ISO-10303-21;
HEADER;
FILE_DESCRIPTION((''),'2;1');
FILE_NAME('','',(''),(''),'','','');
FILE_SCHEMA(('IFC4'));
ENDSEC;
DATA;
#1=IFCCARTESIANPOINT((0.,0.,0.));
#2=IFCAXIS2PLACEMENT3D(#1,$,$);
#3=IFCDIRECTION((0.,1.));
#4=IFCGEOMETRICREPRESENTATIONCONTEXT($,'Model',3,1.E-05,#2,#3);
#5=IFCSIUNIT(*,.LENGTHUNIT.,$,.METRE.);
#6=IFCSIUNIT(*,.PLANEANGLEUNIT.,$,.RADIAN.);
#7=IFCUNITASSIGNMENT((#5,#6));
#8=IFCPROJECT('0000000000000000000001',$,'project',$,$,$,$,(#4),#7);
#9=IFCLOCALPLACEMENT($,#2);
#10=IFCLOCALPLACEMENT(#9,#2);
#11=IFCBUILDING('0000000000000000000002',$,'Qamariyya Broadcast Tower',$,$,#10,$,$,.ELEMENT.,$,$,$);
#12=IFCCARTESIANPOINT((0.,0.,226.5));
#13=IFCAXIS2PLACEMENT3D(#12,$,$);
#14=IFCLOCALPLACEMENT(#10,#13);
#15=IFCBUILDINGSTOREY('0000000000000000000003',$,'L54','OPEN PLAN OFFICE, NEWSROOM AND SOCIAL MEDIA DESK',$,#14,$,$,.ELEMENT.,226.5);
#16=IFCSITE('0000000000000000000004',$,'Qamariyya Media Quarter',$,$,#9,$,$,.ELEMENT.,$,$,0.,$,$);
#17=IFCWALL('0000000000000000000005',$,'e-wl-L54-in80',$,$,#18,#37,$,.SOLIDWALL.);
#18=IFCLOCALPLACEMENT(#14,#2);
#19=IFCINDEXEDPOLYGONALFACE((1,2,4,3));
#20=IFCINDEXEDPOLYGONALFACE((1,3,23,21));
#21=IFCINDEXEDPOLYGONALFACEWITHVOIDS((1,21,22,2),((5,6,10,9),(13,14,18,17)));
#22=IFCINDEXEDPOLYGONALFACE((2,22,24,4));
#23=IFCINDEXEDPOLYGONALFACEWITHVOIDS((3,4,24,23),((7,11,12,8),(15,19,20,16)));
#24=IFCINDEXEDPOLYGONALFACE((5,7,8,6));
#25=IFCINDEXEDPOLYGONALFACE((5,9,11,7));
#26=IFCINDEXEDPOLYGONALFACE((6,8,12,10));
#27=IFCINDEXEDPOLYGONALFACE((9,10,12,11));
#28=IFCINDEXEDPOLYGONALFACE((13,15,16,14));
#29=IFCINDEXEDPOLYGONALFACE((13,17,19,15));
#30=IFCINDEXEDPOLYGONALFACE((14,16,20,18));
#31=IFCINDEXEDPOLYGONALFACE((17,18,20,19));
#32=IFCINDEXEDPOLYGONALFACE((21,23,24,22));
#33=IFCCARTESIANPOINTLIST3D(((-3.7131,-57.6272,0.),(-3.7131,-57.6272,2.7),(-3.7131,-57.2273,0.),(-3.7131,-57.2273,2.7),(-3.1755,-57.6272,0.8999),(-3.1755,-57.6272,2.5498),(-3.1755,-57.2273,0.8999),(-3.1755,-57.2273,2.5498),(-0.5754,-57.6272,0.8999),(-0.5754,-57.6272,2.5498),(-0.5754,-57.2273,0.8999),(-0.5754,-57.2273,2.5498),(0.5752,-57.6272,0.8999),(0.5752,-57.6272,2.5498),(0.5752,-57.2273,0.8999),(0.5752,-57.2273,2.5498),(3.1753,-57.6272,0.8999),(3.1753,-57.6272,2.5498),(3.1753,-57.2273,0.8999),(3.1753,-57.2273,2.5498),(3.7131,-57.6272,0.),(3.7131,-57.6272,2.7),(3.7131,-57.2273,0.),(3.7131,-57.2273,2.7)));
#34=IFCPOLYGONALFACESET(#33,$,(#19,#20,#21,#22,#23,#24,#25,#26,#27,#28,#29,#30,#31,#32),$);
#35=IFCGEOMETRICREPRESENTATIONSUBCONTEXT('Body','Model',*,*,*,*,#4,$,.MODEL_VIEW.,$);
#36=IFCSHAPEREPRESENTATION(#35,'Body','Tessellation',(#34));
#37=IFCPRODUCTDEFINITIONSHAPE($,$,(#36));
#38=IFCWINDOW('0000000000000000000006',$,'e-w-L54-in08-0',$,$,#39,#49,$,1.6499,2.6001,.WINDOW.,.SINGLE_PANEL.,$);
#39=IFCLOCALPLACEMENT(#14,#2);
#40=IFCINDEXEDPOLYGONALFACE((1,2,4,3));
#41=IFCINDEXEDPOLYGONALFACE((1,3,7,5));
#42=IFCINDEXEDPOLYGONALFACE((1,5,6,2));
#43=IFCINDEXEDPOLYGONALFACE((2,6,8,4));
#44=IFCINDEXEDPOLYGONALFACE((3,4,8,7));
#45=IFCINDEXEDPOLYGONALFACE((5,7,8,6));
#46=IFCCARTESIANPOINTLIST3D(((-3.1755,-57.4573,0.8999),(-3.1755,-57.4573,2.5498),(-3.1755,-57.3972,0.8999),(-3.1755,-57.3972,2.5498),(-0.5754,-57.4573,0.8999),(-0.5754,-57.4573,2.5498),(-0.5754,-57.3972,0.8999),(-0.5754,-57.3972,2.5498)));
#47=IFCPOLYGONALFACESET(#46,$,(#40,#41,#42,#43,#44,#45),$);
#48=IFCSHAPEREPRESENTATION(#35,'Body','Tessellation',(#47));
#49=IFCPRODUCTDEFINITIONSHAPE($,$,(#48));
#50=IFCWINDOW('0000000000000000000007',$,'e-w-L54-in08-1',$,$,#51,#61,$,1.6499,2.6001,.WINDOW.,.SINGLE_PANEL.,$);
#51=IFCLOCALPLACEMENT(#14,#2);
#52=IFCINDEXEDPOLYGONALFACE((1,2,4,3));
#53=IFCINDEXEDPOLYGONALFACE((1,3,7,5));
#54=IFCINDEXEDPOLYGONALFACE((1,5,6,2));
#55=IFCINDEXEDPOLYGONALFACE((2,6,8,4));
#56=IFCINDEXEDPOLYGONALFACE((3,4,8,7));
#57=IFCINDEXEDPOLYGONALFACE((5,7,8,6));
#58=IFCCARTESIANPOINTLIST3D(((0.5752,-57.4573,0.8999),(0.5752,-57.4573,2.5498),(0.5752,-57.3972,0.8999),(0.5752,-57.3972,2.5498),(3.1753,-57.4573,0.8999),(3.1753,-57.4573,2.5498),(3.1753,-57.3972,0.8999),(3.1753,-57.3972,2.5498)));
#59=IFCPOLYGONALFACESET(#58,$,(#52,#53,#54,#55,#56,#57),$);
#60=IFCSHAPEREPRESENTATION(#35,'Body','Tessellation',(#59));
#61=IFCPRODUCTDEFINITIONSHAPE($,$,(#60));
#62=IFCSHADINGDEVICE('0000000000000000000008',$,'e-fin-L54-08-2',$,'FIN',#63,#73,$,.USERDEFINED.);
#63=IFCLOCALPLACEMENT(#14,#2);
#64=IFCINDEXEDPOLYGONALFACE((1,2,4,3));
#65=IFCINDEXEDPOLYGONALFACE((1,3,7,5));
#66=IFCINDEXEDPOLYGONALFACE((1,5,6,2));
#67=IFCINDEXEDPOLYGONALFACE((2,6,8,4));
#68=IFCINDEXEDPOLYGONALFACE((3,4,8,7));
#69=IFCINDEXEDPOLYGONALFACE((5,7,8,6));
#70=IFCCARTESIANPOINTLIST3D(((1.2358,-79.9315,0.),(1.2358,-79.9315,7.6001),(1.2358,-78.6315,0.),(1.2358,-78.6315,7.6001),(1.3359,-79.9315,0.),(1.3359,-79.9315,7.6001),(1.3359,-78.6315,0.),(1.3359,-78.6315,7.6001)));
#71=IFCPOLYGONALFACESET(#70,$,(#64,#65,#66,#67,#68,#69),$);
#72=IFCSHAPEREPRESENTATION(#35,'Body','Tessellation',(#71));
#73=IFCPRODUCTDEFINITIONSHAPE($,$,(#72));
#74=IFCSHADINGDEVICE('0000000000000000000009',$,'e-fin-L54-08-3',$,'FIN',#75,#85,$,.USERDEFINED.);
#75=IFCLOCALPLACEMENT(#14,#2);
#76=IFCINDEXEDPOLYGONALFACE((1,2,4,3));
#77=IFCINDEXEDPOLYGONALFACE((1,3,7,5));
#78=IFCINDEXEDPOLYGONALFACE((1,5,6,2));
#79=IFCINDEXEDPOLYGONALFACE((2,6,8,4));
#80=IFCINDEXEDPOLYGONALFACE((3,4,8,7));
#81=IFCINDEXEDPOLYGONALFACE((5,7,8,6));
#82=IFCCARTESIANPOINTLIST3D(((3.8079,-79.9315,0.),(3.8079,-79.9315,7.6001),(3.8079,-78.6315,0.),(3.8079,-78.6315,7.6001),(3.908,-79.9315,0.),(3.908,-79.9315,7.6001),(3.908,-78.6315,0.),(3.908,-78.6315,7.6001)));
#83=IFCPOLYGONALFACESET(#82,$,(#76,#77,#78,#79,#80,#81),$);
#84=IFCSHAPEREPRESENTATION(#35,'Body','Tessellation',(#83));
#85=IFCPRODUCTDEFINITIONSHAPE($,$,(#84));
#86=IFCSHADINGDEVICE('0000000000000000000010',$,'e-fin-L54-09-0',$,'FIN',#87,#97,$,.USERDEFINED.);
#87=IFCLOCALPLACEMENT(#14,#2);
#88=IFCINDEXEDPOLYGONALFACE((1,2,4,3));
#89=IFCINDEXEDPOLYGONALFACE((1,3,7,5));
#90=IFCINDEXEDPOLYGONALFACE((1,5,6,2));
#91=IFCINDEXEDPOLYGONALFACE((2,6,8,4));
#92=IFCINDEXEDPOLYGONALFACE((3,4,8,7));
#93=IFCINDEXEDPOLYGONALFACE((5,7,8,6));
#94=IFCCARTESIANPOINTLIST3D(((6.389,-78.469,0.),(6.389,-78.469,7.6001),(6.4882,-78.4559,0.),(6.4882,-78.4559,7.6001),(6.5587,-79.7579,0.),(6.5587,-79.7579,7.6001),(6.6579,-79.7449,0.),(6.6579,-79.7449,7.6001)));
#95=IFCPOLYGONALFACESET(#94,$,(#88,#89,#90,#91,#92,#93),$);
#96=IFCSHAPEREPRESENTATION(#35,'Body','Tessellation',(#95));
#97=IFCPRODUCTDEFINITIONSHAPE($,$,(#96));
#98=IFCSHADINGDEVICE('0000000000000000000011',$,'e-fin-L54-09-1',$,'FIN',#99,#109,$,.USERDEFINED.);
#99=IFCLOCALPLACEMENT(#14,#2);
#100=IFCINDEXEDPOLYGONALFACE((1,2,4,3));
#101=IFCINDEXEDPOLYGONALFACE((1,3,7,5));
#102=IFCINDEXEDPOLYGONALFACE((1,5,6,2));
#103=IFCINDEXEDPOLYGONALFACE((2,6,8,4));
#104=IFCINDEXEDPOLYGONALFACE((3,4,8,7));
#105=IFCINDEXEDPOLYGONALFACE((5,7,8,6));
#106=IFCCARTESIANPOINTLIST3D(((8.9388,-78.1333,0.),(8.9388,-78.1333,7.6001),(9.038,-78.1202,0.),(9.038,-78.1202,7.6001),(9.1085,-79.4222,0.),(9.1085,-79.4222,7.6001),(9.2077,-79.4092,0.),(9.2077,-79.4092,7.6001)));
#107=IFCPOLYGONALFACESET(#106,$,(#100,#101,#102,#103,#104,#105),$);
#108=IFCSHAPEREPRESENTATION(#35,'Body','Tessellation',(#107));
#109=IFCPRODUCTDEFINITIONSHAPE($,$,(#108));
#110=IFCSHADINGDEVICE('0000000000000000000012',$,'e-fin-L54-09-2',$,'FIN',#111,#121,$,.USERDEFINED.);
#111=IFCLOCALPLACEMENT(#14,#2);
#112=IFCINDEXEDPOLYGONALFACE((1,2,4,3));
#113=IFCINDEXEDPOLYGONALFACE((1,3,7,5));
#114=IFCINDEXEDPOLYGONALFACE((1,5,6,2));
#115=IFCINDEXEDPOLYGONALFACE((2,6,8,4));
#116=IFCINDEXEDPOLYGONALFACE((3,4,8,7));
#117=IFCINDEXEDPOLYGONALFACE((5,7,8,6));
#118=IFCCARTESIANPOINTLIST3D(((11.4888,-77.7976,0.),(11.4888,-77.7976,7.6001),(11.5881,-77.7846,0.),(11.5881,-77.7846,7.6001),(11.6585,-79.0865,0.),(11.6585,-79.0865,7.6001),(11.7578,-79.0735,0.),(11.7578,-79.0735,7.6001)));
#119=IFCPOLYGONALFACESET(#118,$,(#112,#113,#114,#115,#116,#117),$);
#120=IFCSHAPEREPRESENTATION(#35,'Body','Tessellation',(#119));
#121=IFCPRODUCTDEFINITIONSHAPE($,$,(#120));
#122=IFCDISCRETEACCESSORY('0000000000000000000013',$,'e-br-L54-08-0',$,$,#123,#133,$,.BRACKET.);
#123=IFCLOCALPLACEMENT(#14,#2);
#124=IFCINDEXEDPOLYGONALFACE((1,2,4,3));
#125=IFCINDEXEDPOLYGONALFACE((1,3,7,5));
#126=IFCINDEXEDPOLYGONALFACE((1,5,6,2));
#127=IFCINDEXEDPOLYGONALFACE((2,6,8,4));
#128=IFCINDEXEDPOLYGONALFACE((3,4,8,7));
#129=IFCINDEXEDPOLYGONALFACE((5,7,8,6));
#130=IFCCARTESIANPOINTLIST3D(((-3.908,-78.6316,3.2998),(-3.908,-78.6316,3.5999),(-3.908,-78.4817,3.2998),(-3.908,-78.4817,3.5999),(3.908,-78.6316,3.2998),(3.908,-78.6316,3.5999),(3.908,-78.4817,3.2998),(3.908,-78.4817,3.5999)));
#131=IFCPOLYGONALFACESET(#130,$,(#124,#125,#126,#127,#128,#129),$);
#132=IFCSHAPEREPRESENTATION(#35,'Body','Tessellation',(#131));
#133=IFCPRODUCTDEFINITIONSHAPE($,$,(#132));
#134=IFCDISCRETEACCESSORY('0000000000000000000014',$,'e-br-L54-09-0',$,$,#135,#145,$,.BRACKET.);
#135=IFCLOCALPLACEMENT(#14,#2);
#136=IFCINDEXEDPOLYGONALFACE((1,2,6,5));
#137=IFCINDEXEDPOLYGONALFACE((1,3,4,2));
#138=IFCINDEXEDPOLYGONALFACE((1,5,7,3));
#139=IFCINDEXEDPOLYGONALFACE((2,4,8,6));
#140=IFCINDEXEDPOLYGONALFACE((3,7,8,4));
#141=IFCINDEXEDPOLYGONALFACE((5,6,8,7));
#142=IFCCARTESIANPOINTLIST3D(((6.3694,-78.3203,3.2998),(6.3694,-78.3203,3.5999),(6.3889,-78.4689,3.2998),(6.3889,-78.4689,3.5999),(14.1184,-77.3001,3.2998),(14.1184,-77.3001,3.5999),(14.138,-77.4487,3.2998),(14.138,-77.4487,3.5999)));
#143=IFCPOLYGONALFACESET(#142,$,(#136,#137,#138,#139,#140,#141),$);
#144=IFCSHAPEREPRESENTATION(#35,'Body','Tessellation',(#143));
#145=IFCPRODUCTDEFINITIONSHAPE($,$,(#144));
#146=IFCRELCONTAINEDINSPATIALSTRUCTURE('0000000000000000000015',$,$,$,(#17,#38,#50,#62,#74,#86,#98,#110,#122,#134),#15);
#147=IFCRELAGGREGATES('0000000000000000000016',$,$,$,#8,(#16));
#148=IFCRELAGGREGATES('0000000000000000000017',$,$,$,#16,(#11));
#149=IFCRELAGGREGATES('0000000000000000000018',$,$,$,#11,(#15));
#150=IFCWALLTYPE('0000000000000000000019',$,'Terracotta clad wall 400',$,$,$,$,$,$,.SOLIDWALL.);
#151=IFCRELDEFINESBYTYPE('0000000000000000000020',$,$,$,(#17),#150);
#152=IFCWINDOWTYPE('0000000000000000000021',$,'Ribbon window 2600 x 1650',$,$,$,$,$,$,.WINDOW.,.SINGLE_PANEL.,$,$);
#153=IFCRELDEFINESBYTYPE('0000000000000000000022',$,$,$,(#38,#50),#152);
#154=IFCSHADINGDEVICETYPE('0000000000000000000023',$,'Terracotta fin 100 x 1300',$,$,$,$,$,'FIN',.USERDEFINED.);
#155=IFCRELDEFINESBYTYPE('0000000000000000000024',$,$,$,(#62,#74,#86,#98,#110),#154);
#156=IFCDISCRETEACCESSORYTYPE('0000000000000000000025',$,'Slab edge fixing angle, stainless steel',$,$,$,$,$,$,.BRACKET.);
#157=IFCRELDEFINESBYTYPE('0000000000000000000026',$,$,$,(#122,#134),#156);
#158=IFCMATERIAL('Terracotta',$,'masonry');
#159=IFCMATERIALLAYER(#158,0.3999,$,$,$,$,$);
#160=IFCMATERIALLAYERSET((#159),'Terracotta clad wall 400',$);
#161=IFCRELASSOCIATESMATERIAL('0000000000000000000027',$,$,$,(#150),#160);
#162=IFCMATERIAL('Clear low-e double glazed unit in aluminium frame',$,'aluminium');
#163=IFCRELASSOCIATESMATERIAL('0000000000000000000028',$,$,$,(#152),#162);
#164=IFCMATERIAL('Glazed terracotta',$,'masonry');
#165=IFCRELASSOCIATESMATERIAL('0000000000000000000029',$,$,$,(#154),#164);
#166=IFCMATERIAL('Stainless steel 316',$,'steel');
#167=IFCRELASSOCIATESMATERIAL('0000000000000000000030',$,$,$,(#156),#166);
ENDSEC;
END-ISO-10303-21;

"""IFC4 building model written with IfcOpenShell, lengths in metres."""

from ifc_helpers import new_model, si_unit, direction, frame, frame_2d, origin, origin_2d, place, context, subcontext, project, spatial, rectangle, extrude, material, layer, layer_set, material_profile, profile_set, type_object, element, fill, save


model = new_model("IFC4")

# Units and contexts
model_context = context("Model", 3, precision=1e-05, world=origin(), true_north=direction((0.0, 1.0)))
body_context = subcontext(model_context, "Body", "Model", "MODEL_VIEW")
ifc_project = project(units=[si_unit("LENGTHUNIT", "METRE"), si_unit("PLANEANGLEUNIT", "RADIAN")], contexts=[model_context])

# Site, building, storey
site_placement = place(None, origin())
site = spatial("IfcSite", under=ifc_project, at=site_placement, Name="Qamariyya Media Quarter", CompositionType="ELEMENT", RefElevation=0.0)
building_placement = place(site_placement, origin())
building = spatial("IfcBuilding", under=site, at=building_placement, Name="Qamariyya Broadcast Tower", CompositionType="ELEMENT")
storey_placement = place(building_placement, frame((0.0, 0.0, 226.5)))
storey = spatial("IfcBuildingStorey", under=building, at=storey_placement, Name="L54", Description="OPEN PLAN OFFICE, NEWSROOM AND SOCIAL MEDIA DESK", CompositionType="ELEMENT", Elevation=226.5)

# Wall, openings, windows
ifc_material_1 = material(Name="Terracotta", Category="masonry")
ifc_layer_1 = layer(ifc_material_1, 0.3999)
ifc_layer_set_1 = layer_set([ifc_layer_1], Name="Terracotta clad wall 400")
wall_type_1 = type_object("IfcWallType", Name="Terracotta clad wall 400", PredefinedType="SOLIDWALL", material=ifc_layer_set_1)
wall_1_placement = place(storey_placement, frame((3.7131, -57.4272, 0.0), z_axis=(0.0, 0.0, 1.0), x_axis=(-1.0, 0.0, 0.0)))
wall_1 = element("IfcWall", 1, at=wall_1_placement, inside=storey, type_object=wall_type_1, Name="e-wl-L54-in80", PredefinedType="SOLIDWALL", context=body_context, shape_type="SweptSolid", body=[
    extrude(rectangle(XDim=7.4263, YDim=0.3999, at=frame_2d((3.7131, 0.0))), origin(), (0.0, 0.0, 1.0), 2.7),
])
opening_1_placement = place(wall_1_placement, frame((4.2886, 0.0, 0.8999)))
opening_1 = element("IfcOpeningElement", 2, at=opening_1_placement, cuts=wall_1, PredefinedType="OPENING", context=body_context, shape_type="SweptSolid", body=[
    extrude(rectangle(XDim=2.6001, YDim=1.6499, at=frame_2d((1.3, 0.825))), frame((0.0, 0.21, 0.0), z_axis=(0.0, -1.0, 0.0), x_axis=(1.0, 0.0, 0.0)), (0.0, 0.0, 1.0), 0.4199),
])
opening_2_placement = place(wall_1_placement, frame((0.5378, 0.0, 0.8999)))
opening_2 = element("IfcOpeningElement", 3, at=opening_2_placement, cuts=wall_1, PredefinedType="OPENING", context=body_context, shape_type="SweptSolid", body=[
    extrude(rectangle(XDim=2.6001, YDim=1.6499, at=frame_2d((1.3, 0.825))), frame((0.0, 0.21, 0.0), z_axis=(0.0, -1.0, 0.0), x_axis=(1.0, 0.0, 0.0)), (0.0, 0.0, 1.0), 0.4199),
])
ifc_material_2 = material(Name="Clear low-e double glazed unit in aluminium frame", Category="aluminium")
window_type = type_object("IfcWindowType", Name="Ribbon window 2600 x 1650", PartitioningType="SINGLE_PANEL", PredefinedType="WINDOW", material=ifc_material_2)
window_1_placement = place(opening_1_placement, origin())
window_1 = element("IfcWindow", 4, at=window_1_placement, inside=storey, type_object=window_type, Name="e-w-L54-in08-0", OverallHeight=1.6499, OverallWidth=2.6001, PartitioningType="SINGLE_PANEL", PredefinedType="WINDOW", context=body_context, shape_type="SweptSolid", body=[
    extrude(rectangle(XDim=2.6001, YDim=1.6499, at=frame_2d((1.3, 0.825))), frame((0.0, 0.03, 0.0), z_axis=(0.0, -1.0, 0.0), x_axis=(1.0, 0.0, 0.0)), (0.0, 0.0, 1.0), 0.0601),
])
fill(opening_1, window_1)
window_2_placement = place(opening_2_placement, origin())
window_2 = element("IfcWindow", 5, at=window_2_placement, inside=storey, type_object=window_type, Name="e-w-L54-in08-1", OverallHeight=1.6499, OverallWidth=2.6001, PartitioningType="SINGLE_PANEL", PredefinedType="WINDOW", context=body_context, shape_type="SweptSolid", body=[
    extrude(rectangle(XDim=2.6001, YDim=1.6499, at=frame_2d((1.3, 0.825))), frame((0.0, 0.03, 0.0), z_axis=(0.0, -1.0, 0.0), x_axis=(1.0, 0.0, 0.0)), (0.0, 0.0, 1.0), 0.0601),
])
fill(opening_2, window_2)

# Shading devices
ifc_material_3 = material(Name="Glazed terracotta", Category="masonry")
ifc_material_profile_1 = material_profile(ifc_material_3, rectangle(XDim=1.3, YDim=0.1001, at=origin_2d()))
ifc_profile_set_1 = profile_set([ifc_material_profile_1], Name="Glazed terracotta")
shading_device_type = type_object("IfcShadingDeviceType", Name="Terracotta fin 100 x 1300", ElementType="FIN", PredefinedType="USERDEFINED", material=ifc_profile_set_1)
for number, where, z_axis, x_axis, name in (
    (6, (1.2859, -79.2815, 0.0), (0.0, 0.0, 1.0), (0.0, -1.0, 0.0), "e-fin-L54-08-2"),
    (7, (3.8579, -79.2815, 0.0), (0.0, 0.0, 1.0), (0.0, -1.0, 0.0), "e-fin-L54-08-3"),
    (8, (6.5234, -79.1069, 0.0), (0.0, 0.0, 1.0), (0.130526, -0.991445, 0.0), "e-fin-L54-09-0"),
    (9, (9.0732, -78.7712, 0.0), (0.0, 0.0, 1.0), (0.130526, -0.991445, 0.0), "e-fin-L54-09-1"),
    (10, (11.6233, -78.4355, 0.0), (0.0, 0.0, 1.0), (0.130526, -0.991445, 0.0), "e-fin-L54-09-2"),
):
    element("IfcShadingDevice", number, at=place(storey_placement, frame(where, z_axis=z_axis, x_axis=x_axis)), inside=storey, type_object=shading_device_type, Name=name, ObjectType="FIN", PredefinedType="USERDEFINED", context=body_context, shape_type="SweptSolid", body=[
        extrude(rectangle(XDim=1.3, YDim=0.1001, at=origin_2d()), origin(), (0.0, 0.0, 1.0), 7.6001),
    ])

# Discrete accessories
ifc_material_4 = material(Name="Stainless steel 316", Category="steel")
discrete_accessory_type = type_object("IfcDiscreteAccessoryType", Name="Slab edge fixing angle, stainless steel", PredefinedType="BRACKET", material=ifc_material_4)
for number, where, z_axis, x_axis, name in (
    (11, (0.0, -78.5566, 3.2998), (0.0, 0.0, 1.0), (1.0, 0.0, 0.0), "e-br-L54-08-0"),
    (12, (10.2537, -77.8845, 3.2998), (0.0, 0.0, 1.0), (0.991445, 0.130526, 0.0), "e-br-L54-09-0"),
):
    element("IfcDiscreteAccessory", number, at=place(storey_placement, frame(where, z_axis=z_axis, x_axis=x_axis)), inside=storey, type_object=discrete_accessory_type, Name=name, PredefinedType="BRACKET", context=body_context, shape_type="SweptSolid", body=[
        extrude(rectangle(XDim=7.8159, YDim=0.1499, at=origin_2d()), origin(), (0.0, 0.0, 1.0), 0.3),
    ])

save(model, "model.ifc")
